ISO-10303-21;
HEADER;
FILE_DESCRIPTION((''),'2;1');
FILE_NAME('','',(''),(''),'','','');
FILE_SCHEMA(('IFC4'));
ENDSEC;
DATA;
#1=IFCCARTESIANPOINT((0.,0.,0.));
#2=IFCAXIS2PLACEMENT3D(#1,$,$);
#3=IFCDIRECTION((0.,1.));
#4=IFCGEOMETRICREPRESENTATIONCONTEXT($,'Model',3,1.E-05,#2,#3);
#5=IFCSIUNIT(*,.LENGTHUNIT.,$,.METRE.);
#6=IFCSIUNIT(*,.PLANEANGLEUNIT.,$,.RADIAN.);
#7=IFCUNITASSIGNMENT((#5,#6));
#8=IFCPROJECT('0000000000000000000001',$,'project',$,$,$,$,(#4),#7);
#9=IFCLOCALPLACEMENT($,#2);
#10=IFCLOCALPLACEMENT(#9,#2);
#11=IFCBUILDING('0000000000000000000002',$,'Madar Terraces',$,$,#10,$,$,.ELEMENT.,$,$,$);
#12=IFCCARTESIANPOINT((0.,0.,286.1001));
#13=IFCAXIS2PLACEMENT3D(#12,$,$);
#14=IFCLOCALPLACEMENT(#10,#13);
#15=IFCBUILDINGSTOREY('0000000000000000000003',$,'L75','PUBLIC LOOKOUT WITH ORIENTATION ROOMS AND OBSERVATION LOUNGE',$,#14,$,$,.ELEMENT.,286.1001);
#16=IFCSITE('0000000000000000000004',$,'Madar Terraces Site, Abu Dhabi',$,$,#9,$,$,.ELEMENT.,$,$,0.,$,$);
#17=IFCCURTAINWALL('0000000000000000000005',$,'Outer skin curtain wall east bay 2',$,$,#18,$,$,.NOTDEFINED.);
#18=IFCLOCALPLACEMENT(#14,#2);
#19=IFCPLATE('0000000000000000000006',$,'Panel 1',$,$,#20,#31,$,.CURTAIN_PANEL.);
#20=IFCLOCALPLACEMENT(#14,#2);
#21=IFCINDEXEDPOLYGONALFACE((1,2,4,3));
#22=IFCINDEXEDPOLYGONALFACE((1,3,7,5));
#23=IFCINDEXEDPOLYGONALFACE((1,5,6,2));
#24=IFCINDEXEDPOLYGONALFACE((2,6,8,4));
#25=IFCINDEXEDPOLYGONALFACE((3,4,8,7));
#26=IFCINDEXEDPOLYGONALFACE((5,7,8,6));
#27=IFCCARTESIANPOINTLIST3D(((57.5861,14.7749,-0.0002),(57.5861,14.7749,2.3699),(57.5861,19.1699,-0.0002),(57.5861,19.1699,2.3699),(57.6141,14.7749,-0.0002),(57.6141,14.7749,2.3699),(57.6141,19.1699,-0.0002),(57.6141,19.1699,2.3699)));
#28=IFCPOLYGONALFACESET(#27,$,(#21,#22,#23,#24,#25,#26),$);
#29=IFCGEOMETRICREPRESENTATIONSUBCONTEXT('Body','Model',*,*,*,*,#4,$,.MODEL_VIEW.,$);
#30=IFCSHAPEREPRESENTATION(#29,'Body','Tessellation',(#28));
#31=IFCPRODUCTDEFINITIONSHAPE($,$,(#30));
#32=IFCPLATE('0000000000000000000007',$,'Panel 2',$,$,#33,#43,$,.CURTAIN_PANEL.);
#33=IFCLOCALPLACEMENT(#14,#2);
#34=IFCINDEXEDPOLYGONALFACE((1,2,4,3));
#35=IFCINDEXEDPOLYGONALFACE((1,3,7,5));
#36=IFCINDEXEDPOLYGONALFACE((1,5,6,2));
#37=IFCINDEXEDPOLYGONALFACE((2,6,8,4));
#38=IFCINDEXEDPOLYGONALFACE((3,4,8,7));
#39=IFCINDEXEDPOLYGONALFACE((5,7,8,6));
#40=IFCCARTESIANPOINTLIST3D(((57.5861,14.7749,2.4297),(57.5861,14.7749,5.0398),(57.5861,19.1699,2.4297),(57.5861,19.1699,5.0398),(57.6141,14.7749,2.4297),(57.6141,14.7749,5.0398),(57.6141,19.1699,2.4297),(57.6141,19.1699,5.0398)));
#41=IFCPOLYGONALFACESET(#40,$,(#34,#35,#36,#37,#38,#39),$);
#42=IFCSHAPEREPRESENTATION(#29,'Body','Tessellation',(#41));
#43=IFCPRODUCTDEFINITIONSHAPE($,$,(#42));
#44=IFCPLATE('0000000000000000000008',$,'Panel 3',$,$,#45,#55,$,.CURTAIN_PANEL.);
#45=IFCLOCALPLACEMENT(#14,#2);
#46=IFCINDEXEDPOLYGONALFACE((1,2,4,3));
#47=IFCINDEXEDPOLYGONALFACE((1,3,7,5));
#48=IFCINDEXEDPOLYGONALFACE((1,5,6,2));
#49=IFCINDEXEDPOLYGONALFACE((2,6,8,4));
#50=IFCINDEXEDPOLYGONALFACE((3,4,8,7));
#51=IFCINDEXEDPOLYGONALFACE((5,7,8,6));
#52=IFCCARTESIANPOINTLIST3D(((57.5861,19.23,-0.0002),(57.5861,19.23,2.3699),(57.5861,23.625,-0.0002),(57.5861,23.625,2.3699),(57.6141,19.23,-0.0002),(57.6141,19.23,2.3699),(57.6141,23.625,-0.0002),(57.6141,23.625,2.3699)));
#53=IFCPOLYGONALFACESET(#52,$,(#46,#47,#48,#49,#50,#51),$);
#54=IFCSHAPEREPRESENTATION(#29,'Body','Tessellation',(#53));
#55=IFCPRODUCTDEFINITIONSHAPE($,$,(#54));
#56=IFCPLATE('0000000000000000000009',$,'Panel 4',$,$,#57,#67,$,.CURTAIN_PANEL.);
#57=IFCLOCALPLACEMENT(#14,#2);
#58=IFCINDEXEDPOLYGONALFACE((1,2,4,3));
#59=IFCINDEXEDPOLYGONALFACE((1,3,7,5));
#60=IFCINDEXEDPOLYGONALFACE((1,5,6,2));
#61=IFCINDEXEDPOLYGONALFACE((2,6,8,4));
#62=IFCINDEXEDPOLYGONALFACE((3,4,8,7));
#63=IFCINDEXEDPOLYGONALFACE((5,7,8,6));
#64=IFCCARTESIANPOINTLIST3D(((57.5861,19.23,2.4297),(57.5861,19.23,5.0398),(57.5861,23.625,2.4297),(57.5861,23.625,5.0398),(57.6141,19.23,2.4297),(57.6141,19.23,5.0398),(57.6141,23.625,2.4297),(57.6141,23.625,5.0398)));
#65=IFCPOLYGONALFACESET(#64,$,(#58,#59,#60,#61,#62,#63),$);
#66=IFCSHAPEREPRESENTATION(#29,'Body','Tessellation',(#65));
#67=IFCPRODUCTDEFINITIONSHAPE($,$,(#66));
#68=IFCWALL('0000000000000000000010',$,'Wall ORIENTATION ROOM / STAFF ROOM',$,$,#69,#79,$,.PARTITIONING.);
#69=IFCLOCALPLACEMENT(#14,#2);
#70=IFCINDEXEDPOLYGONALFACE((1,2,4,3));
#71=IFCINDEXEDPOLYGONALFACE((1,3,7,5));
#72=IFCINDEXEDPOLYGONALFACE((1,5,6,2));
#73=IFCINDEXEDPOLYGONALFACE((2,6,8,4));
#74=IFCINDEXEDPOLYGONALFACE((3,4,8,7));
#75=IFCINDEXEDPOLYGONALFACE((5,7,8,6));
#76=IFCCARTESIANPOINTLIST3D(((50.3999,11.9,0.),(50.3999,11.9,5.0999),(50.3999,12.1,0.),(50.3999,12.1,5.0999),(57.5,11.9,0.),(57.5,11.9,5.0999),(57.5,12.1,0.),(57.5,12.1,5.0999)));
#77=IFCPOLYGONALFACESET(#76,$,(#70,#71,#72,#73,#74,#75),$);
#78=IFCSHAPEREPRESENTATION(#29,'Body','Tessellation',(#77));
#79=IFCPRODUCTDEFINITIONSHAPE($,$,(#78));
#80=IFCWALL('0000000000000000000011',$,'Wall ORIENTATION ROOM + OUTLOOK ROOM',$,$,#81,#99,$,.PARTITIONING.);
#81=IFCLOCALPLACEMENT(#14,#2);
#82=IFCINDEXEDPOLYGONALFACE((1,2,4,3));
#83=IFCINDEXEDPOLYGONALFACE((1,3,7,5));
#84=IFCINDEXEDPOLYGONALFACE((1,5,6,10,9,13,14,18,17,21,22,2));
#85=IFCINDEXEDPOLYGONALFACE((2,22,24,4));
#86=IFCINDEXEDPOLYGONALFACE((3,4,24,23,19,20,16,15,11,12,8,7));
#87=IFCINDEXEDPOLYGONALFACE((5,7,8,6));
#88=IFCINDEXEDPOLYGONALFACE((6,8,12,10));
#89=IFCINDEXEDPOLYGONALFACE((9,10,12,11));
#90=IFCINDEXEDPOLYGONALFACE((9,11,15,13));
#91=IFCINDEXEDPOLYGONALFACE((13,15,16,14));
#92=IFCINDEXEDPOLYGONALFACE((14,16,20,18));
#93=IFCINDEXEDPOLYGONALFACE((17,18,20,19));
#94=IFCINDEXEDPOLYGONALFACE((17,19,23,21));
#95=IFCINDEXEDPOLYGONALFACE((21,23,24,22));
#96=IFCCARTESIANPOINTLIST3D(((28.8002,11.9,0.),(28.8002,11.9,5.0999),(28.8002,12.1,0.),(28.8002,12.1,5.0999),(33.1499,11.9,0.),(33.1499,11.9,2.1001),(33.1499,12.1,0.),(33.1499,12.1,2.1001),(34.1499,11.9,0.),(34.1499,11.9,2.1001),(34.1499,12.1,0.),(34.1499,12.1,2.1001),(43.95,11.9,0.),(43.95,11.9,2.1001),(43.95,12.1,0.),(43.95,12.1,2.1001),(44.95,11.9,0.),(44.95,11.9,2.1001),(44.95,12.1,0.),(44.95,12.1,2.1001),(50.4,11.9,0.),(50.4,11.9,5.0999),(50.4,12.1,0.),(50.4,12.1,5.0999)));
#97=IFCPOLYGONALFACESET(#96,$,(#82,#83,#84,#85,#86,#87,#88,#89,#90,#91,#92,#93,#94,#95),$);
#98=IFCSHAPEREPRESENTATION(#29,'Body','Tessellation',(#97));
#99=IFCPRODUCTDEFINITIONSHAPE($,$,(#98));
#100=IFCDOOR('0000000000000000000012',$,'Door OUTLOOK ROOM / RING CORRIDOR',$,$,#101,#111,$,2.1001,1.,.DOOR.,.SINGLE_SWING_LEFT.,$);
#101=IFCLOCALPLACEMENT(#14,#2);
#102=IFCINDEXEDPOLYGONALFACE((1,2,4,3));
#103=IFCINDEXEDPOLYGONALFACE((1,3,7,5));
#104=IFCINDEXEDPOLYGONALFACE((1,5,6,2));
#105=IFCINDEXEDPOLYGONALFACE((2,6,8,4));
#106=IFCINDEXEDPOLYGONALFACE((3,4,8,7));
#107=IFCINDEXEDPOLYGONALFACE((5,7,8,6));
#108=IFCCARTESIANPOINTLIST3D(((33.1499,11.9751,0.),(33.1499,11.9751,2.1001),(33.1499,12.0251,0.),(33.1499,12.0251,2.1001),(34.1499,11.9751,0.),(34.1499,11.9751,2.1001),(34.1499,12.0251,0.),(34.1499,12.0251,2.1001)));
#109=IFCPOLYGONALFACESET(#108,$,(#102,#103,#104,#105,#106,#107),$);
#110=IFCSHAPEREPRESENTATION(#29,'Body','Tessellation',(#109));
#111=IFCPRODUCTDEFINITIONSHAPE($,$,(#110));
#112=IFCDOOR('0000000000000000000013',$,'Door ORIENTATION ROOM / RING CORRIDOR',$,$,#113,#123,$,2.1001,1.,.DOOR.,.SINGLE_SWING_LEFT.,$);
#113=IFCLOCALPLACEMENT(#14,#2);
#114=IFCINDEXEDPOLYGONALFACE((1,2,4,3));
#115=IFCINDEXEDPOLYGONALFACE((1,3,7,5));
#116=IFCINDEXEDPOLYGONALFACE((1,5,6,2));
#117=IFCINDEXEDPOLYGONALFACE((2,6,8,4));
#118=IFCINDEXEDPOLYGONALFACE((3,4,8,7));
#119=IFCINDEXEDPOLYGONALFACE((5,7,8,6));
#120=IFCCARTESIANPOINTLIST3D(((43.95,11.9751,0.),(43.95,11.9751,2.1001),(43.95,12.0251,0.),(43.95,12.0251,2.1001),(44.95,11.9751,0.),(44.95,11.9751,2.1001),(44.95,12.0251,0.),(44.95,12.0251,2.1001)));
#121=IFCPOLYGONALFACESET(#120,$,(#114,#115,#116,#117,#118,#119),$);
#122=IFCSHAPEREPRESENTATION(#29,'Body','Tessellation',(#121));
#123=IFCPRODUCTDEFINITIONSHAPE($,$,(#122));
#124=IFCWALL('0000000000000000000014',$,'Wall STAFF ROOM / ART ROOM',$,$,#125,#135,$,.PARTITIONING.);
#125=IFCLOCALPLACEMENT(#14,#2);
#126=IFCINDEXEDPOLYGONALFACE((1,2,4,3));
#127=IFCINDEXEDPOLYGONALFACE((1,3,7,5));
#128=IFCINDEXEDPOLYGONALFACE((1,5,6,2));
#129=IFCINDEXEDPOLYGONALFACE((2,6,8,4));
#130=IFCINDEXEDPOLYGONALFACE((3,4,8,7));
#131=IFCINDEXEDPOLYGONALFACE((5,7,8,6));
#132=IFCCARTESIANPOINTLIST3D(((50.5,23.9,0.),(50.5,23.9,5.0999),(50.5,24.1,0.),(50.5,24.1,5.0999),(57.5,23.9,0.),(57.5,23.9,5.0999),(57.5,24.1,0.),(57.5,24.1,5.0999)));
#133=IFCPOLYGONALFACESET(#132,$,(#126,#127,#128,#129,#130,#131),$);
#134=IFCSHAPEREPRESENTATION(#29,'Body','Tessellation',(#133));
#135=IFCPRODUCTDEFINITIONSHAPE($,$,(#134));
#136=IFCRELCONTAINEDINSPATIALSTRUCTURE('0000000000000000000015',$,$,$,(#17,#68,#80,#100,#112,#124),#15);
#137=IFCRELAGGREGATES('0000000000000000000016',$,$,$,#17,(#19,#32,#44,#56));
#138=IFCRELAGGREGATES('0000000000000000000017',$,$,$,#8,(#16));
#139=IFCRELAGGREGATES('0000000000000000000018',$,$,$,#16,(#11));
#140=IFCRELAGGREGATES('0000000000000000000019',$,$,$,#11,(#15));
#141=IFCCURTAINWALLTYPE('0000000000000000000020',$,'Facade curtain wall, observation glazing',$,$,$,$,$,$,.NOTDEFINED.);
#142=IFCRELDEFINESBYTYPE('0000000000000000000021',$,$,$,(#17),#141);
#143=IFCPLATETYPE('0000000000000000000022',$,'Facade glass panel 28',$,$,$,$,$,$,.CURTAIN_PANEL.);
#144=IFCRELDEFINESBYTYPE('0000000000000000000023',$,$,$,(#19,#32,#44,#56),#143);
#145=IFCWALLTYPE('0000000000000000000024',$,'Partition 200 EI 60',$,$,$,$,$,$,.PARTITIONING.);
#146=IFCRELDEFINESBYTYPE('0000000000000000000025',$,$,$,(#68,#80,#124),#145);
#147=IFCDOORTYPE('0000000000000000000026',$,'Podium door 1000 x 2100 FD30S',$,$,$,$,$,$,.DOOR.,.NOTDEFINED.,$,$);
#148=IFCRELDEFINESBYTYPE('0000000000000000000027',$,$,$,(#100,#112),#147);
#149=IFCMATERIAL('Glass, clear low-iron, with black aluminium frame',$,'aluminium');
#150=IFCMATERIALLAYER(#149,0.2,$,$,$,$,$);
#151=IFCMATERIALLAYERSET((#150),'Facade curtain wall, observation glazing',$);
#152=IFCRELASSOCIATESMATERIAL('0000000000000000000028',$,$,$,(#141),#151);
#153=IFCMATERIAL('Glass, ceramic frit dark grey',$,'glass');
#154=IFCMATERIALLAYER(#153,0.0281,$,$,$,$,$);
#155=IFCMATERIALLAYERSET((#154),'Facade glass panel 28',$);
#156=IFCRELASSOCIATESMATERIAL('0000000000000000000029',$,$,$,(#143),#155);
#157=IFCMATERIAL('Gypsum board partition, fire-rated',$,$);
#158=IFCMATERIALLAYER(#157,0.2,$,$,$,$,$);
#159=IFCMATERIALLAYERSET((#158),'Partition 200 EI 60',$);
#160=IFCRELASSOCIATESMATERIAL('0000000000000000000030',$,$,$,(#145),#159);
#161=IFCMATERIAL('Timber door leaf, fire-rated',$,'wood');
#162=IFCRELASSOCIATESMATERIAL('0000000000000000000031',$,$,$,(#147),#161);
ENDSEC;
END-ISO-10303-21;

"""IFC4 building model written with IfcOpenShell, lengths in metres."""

from ifc_helpers import new_model, si_unit, direction, frame, frame_2d, origin, origin_2d, place, context, subcontext, project, spatial, rectangle, extrude, material, layer, layer_set, type_object, element, fill, aggregate, save


model = new_model("IFC4")

# Units and contexts
model_context = context("Model", 3, precision=1e-05, world=origin(), true_north=direction((0.0, 1.0)))
body_context = subcontext(model_context, "Body", "Model", "MODEL_VIEW")
ifc_project = project(units=[si_unit("LENGTHUNIT", "METRE"), si_unit("PLANEANGLEUNIT", "RADIAN")], contexts=[model_context])

# Site, building, storey
site_placement = place(None, origin())
site = spatial("IfcSite", under=ifc_project, at=site_placement, Name="Madar Terraces Site, Abu Dhabi", CompositionType="ELEMENT", RefElevation=0.0)
building_placement = place(site_placement, origin())
building = spatial("IfcBuilding", under=site, at=building_placement, Name="Madar Terraces", CompositionType="ELEMENT")
storey_placement = place(building_placement, frame((0.0, 0.0, 286.1001)))
storey = spatial("IfcBuildingStorey", under=building, at=storey_placement, Name="L75", Description="PUBLIC LOOKOUT WITH ORIENTATION ROOMS AND OBSERVATION LOUNGE", CompositionType="ELEMENT", Elevation=286.1001)

# Curtain wall
ifc_material_1 = material(Name="Glass, clear low-iron, with black aluminium frame", Category="aluminium")
ifc_layer_1 = layer(ifc_material_1, 0.2)
ifc_layer_set_1 = layer_set([ifc_layer_1], Name="Facade curtain wall, observation glazing")
curtain_wall_type = type_object("IfcCurtainWallType", Name="Facade curtain wall, observation glazing", PredefinedType="NOTDEFINED", material=ifc_layer_set_1)
curtain_wall_1_placement = place(storey_placement, origin())
curtain_wall_1 = element("IfcCurtainWall", 1, at=curtain_wall_1_placement, inside=storey, type_object=curtain_wall_type, Name="Outer skin curtain wall east bay 2", PredefinedType="NOTDEFINED")

# Plates
ifc_material_2 = material(Name="Glass, ceramic frit dark grey", Category="glass")
ifc_layer_2 = layer(ifc_material_2, 0.0281)
ifc_layer_set_2 = layer_set([ifc_layer_2], Name="Facade glass panel 28")
plate_type = type_object("IfcPlateType", Name="Facade glass panel 28", PredefinedType="CURTAIN_PANEL", material=ifc_layer_set_2)
plate_1_placement = place(storey_placement, frame((57.6001, 16.9724, -0.0002), z_axis=(0.0, 0.0, 1.0), x_axis=(0.0, 1.0, 0.0)))
plate_1 = element("IfcPlate", 2, at=plate_1_placement, type_object=plate_type, Name="Panel 1", PredefinedType="CURTAIN_PANEL", context=body_context, shape_type="SweptSolid", body=[
    extrude(rectangle(XDim=4.395, YDim=0.0281, at=origin_2d()), origin(), (0.0, 0.0, 1.0), 2.3701),
])
plate_2_placement = place(storey_placement, frame((57.6001, 16.9724, 2.4297), z_axis=(0.0, 0.0, 1.0), x_axis=(0.0, 1.0, 0.0)))
plate_2 = element("IfcPlate", 3, at=plate_2_placement, type_object=plate_type, Name="Panel 2", PredefinedType="CURTAIN_PANEL", context=body_context, shape_type="SweptSolid", body=[
    extrude(rectangle(XDim=4.395, YDim=0.0281, at=origin_2d()), origin(), (0.0, 0.0, 1.0), 2.6101),
])
plate_3_placement = place(storey_placement, frame((57.6001, 21.4275, -0.0002), z_axis=(0.0, 0.0, 1.0), x_axis=(0.0, 1.0, 0.0)))
plate_3 = element("IfcPlate", 4, at=plate_3_placement, type_object=plate_type, Name="Panel 3", PredefinedType="CURTAIN_PANEL", context=body_context, shape_type="SweptSolid", body=[
    extrude(rectangle(XDim=4.395, YDim=0.0281, at=origin_2d()), origin(), (0.0, 0.0, 1.0), 2.3701),
])
plate_4_placement = place(storey_placement, frame((57.6001, 21.4275, 2.4297), z_axis=(0.0, 0.0, 1.0), x_axis=(0.0, 1.0, 0.0)))
plate_4 = element("IfcPlate", 5, at=plate_4_placement, type_object=plate_type, Name="Panel 4", PredefinedType="CURTAIN_PANEL", context=body_context, shape_type="SweptSolid", body=[
    extrude(rectangle(XDim=4.395, YDim=0.0281, at=origin_2d()), origin(), (0.0, 0.0, 1.0), 2.6101),
])
aggregate(curtain_wall_1, [plate_1, plate_2, plate_3, plate_4])

# Wall
ifc_material_3 = material(Name="Gypsum board partition, fire-rated")
ifc_layer_3 = layer(ifc_material_3, 0.2)
ifc_layer_set_3 = layer_set([ifc_layer_3], Name="Partition 200 EI 60")
wall_type = type_object("IfcWallType", Name="Partition 200 EI 60", PredefinedType="PARTITIONING", material=ifc_layer_set_3)
wall_1_placement = place(storey_placement, frame((50.3999, 12.0, 0.0), z_axis=(0.0, 0.0, 1.0), x_axis=(1.0, 0.0, 0.0)))
element("IfcWall", 6, at=wall_1_placement, inside=storey, type_object=wall_type, Name="Wall ORIENTATION ROOM / STAFF ROOM", PredefinedType="PARTITIONING", context=body_context, shape_type="SweptSolid", body=[
    extrude(rectangle(XDim=7.1001, YDim=0.2, at=frame_2d((3.55, 0.0))), origin(), (0.0, 0.0, 1.0), 5.0999),
])

# Wall, openings, doors
wall_2_placement = place(storey_placement, frame((50.3999, 12.0, 0.0), z_axis=(0.0, 0.0, 1.0), x_axis=(-1.0, 0.0, 0.0)))
wall_2 = element("IfcWall", 7, at=wall_2_placement, inside=storey, type_object=wall_type, Name="Wall ORIENTATION ROOM + OUTLOOK ROOM", PredefinedType="PARTITIONING", context=body_context, shape_type="SweptSolid", body=[
    extrude(rectangle(XDim=21.5999, YDim=0.2, at=frame_2d((10.7998, 0.0))), origin(), (0.0, 0.0, 1.0), 5.0999),
])
opening_1_placement = place(wall_2_placement, frame((16.25, 0.0, 0.0)))
opening_1 = element("IfcOpeningElement", 8, at=opening_1_placement, cuts=wall_2, PredefinedType="OPENING", context=body_context, shape_type="SweptSolid", body=[
    extrude(rectangle(XDim=1.0, YDim=2.1001, at=frame_2d((0.5, 1.05))), frame((0.0, 0.1099, 0.0), z_axis=(0.0, -1.0, 0.0), x_axis=(1.0, 0.0, 0.0)), (0.0, 0.0, 1.0), 0.22),
])
opening_2_placement = place(wall_2_placement, frame((5.45, 0.0, 0.0)))
opening_2 = element("IfcOpeningElement", 9, at=opening_2_placement, cuts=wall_2, PredefinedType="OPENING", context=body_context, shape_type="SweptSolid", body=[
    extrude(rectangle(XDim=1.0, YDim=2.1001, at=frame_2d((0.5, 1.05))), frame((0.0, 0.1099, 0.0), z_axis=(0.0, -1.0, 0.0), x_axis=(1.0, 0.0, 0.0)), (0.0, 0.0, 1.0), 0.22),
])
ifc_material_4 = material(Name="Timber door leaf, fire-rated", Category="wood")
door_type = type_object("IfcDoorType", Name="Podium door 1000 x 2100 FD30S", OperationType="NOTDEFINED", PredefinedType="DOOR", material=ifc_material_4)
door_1_placement = place(opening_1_placement, origin())
door_1 = element("IfcDoor", 10, at=door_1_placement, inside=storey, type_object=door_type, Name="Door OUTLOOK ROOM / RING CORRIDOR", OperationType="SINGLE_SWING_LEFT", OverallHeight=2.1001, OverallWidth=1.0, PredefinedType="DOOR", context=body_context, shape_type="SweptSolid", body=[
    extrude(rectangle(XDim=1.0, YDim=2.1001, at=frame_2d((0.5, 1.05))), frame((0.0, 0.0249, 0.0), z_axis=(0.0, -1.0, 0.0), x_axis=(1.0, 0.0, 0.0)), (0.0, 0.0, 1.0), 0.05),
])
fill(opening_1, door_1)
door_2_placement = place(opening_2_placement, origin())
door_2 = element("IfcDoor", 11, at=door_2_placement, inside=storey, type_object=door_type, Name="Door ORIENTATION ROOM / RING CORRIDOR", OperationType="SINGLE_SWING_LEFT", OverallHeight=2.1001, OverallWidth=1.0, PredefinedType="DOOR", context=body_context, shape_type="SweptSolid", body=[
    extrude(rectangle(XDim=1.0, YDim=2.1001, at=frame_2d((0.5, 1.05))), frame((0.0, 0.0249, 0.0), z_axis=(0.0, -1.0, 0.0), x_axis=(1.0, 0.0, 0.0)), (0.0, 0.0, 1.0), 0.05),
])
fill(opening_2, door_2)

# Wall
wall_3_placement = place(storey_placement, frame((50.5, 24.0, 0.0), z_axis=(0.0, 0.0, 1.0), x_axis=(1.0, 0.0, 0.0)))
element("IfcWall", 12, at=wall_3_placement, inside=storey, type_object=wall_type, Name="Wall STAFF ROOM / ART ROOM", PredefinedType="PARTITIONING", context=body_context, shape_type="SweptSolid", body=[
    extrude(rectangle(XDim=7.0, YDim=0.2, at=frame_2d((3.5, 0.0))), origin(), (0.0, 0.0, 1.0), 5.0999),
])

save(model, "model.ifc")
